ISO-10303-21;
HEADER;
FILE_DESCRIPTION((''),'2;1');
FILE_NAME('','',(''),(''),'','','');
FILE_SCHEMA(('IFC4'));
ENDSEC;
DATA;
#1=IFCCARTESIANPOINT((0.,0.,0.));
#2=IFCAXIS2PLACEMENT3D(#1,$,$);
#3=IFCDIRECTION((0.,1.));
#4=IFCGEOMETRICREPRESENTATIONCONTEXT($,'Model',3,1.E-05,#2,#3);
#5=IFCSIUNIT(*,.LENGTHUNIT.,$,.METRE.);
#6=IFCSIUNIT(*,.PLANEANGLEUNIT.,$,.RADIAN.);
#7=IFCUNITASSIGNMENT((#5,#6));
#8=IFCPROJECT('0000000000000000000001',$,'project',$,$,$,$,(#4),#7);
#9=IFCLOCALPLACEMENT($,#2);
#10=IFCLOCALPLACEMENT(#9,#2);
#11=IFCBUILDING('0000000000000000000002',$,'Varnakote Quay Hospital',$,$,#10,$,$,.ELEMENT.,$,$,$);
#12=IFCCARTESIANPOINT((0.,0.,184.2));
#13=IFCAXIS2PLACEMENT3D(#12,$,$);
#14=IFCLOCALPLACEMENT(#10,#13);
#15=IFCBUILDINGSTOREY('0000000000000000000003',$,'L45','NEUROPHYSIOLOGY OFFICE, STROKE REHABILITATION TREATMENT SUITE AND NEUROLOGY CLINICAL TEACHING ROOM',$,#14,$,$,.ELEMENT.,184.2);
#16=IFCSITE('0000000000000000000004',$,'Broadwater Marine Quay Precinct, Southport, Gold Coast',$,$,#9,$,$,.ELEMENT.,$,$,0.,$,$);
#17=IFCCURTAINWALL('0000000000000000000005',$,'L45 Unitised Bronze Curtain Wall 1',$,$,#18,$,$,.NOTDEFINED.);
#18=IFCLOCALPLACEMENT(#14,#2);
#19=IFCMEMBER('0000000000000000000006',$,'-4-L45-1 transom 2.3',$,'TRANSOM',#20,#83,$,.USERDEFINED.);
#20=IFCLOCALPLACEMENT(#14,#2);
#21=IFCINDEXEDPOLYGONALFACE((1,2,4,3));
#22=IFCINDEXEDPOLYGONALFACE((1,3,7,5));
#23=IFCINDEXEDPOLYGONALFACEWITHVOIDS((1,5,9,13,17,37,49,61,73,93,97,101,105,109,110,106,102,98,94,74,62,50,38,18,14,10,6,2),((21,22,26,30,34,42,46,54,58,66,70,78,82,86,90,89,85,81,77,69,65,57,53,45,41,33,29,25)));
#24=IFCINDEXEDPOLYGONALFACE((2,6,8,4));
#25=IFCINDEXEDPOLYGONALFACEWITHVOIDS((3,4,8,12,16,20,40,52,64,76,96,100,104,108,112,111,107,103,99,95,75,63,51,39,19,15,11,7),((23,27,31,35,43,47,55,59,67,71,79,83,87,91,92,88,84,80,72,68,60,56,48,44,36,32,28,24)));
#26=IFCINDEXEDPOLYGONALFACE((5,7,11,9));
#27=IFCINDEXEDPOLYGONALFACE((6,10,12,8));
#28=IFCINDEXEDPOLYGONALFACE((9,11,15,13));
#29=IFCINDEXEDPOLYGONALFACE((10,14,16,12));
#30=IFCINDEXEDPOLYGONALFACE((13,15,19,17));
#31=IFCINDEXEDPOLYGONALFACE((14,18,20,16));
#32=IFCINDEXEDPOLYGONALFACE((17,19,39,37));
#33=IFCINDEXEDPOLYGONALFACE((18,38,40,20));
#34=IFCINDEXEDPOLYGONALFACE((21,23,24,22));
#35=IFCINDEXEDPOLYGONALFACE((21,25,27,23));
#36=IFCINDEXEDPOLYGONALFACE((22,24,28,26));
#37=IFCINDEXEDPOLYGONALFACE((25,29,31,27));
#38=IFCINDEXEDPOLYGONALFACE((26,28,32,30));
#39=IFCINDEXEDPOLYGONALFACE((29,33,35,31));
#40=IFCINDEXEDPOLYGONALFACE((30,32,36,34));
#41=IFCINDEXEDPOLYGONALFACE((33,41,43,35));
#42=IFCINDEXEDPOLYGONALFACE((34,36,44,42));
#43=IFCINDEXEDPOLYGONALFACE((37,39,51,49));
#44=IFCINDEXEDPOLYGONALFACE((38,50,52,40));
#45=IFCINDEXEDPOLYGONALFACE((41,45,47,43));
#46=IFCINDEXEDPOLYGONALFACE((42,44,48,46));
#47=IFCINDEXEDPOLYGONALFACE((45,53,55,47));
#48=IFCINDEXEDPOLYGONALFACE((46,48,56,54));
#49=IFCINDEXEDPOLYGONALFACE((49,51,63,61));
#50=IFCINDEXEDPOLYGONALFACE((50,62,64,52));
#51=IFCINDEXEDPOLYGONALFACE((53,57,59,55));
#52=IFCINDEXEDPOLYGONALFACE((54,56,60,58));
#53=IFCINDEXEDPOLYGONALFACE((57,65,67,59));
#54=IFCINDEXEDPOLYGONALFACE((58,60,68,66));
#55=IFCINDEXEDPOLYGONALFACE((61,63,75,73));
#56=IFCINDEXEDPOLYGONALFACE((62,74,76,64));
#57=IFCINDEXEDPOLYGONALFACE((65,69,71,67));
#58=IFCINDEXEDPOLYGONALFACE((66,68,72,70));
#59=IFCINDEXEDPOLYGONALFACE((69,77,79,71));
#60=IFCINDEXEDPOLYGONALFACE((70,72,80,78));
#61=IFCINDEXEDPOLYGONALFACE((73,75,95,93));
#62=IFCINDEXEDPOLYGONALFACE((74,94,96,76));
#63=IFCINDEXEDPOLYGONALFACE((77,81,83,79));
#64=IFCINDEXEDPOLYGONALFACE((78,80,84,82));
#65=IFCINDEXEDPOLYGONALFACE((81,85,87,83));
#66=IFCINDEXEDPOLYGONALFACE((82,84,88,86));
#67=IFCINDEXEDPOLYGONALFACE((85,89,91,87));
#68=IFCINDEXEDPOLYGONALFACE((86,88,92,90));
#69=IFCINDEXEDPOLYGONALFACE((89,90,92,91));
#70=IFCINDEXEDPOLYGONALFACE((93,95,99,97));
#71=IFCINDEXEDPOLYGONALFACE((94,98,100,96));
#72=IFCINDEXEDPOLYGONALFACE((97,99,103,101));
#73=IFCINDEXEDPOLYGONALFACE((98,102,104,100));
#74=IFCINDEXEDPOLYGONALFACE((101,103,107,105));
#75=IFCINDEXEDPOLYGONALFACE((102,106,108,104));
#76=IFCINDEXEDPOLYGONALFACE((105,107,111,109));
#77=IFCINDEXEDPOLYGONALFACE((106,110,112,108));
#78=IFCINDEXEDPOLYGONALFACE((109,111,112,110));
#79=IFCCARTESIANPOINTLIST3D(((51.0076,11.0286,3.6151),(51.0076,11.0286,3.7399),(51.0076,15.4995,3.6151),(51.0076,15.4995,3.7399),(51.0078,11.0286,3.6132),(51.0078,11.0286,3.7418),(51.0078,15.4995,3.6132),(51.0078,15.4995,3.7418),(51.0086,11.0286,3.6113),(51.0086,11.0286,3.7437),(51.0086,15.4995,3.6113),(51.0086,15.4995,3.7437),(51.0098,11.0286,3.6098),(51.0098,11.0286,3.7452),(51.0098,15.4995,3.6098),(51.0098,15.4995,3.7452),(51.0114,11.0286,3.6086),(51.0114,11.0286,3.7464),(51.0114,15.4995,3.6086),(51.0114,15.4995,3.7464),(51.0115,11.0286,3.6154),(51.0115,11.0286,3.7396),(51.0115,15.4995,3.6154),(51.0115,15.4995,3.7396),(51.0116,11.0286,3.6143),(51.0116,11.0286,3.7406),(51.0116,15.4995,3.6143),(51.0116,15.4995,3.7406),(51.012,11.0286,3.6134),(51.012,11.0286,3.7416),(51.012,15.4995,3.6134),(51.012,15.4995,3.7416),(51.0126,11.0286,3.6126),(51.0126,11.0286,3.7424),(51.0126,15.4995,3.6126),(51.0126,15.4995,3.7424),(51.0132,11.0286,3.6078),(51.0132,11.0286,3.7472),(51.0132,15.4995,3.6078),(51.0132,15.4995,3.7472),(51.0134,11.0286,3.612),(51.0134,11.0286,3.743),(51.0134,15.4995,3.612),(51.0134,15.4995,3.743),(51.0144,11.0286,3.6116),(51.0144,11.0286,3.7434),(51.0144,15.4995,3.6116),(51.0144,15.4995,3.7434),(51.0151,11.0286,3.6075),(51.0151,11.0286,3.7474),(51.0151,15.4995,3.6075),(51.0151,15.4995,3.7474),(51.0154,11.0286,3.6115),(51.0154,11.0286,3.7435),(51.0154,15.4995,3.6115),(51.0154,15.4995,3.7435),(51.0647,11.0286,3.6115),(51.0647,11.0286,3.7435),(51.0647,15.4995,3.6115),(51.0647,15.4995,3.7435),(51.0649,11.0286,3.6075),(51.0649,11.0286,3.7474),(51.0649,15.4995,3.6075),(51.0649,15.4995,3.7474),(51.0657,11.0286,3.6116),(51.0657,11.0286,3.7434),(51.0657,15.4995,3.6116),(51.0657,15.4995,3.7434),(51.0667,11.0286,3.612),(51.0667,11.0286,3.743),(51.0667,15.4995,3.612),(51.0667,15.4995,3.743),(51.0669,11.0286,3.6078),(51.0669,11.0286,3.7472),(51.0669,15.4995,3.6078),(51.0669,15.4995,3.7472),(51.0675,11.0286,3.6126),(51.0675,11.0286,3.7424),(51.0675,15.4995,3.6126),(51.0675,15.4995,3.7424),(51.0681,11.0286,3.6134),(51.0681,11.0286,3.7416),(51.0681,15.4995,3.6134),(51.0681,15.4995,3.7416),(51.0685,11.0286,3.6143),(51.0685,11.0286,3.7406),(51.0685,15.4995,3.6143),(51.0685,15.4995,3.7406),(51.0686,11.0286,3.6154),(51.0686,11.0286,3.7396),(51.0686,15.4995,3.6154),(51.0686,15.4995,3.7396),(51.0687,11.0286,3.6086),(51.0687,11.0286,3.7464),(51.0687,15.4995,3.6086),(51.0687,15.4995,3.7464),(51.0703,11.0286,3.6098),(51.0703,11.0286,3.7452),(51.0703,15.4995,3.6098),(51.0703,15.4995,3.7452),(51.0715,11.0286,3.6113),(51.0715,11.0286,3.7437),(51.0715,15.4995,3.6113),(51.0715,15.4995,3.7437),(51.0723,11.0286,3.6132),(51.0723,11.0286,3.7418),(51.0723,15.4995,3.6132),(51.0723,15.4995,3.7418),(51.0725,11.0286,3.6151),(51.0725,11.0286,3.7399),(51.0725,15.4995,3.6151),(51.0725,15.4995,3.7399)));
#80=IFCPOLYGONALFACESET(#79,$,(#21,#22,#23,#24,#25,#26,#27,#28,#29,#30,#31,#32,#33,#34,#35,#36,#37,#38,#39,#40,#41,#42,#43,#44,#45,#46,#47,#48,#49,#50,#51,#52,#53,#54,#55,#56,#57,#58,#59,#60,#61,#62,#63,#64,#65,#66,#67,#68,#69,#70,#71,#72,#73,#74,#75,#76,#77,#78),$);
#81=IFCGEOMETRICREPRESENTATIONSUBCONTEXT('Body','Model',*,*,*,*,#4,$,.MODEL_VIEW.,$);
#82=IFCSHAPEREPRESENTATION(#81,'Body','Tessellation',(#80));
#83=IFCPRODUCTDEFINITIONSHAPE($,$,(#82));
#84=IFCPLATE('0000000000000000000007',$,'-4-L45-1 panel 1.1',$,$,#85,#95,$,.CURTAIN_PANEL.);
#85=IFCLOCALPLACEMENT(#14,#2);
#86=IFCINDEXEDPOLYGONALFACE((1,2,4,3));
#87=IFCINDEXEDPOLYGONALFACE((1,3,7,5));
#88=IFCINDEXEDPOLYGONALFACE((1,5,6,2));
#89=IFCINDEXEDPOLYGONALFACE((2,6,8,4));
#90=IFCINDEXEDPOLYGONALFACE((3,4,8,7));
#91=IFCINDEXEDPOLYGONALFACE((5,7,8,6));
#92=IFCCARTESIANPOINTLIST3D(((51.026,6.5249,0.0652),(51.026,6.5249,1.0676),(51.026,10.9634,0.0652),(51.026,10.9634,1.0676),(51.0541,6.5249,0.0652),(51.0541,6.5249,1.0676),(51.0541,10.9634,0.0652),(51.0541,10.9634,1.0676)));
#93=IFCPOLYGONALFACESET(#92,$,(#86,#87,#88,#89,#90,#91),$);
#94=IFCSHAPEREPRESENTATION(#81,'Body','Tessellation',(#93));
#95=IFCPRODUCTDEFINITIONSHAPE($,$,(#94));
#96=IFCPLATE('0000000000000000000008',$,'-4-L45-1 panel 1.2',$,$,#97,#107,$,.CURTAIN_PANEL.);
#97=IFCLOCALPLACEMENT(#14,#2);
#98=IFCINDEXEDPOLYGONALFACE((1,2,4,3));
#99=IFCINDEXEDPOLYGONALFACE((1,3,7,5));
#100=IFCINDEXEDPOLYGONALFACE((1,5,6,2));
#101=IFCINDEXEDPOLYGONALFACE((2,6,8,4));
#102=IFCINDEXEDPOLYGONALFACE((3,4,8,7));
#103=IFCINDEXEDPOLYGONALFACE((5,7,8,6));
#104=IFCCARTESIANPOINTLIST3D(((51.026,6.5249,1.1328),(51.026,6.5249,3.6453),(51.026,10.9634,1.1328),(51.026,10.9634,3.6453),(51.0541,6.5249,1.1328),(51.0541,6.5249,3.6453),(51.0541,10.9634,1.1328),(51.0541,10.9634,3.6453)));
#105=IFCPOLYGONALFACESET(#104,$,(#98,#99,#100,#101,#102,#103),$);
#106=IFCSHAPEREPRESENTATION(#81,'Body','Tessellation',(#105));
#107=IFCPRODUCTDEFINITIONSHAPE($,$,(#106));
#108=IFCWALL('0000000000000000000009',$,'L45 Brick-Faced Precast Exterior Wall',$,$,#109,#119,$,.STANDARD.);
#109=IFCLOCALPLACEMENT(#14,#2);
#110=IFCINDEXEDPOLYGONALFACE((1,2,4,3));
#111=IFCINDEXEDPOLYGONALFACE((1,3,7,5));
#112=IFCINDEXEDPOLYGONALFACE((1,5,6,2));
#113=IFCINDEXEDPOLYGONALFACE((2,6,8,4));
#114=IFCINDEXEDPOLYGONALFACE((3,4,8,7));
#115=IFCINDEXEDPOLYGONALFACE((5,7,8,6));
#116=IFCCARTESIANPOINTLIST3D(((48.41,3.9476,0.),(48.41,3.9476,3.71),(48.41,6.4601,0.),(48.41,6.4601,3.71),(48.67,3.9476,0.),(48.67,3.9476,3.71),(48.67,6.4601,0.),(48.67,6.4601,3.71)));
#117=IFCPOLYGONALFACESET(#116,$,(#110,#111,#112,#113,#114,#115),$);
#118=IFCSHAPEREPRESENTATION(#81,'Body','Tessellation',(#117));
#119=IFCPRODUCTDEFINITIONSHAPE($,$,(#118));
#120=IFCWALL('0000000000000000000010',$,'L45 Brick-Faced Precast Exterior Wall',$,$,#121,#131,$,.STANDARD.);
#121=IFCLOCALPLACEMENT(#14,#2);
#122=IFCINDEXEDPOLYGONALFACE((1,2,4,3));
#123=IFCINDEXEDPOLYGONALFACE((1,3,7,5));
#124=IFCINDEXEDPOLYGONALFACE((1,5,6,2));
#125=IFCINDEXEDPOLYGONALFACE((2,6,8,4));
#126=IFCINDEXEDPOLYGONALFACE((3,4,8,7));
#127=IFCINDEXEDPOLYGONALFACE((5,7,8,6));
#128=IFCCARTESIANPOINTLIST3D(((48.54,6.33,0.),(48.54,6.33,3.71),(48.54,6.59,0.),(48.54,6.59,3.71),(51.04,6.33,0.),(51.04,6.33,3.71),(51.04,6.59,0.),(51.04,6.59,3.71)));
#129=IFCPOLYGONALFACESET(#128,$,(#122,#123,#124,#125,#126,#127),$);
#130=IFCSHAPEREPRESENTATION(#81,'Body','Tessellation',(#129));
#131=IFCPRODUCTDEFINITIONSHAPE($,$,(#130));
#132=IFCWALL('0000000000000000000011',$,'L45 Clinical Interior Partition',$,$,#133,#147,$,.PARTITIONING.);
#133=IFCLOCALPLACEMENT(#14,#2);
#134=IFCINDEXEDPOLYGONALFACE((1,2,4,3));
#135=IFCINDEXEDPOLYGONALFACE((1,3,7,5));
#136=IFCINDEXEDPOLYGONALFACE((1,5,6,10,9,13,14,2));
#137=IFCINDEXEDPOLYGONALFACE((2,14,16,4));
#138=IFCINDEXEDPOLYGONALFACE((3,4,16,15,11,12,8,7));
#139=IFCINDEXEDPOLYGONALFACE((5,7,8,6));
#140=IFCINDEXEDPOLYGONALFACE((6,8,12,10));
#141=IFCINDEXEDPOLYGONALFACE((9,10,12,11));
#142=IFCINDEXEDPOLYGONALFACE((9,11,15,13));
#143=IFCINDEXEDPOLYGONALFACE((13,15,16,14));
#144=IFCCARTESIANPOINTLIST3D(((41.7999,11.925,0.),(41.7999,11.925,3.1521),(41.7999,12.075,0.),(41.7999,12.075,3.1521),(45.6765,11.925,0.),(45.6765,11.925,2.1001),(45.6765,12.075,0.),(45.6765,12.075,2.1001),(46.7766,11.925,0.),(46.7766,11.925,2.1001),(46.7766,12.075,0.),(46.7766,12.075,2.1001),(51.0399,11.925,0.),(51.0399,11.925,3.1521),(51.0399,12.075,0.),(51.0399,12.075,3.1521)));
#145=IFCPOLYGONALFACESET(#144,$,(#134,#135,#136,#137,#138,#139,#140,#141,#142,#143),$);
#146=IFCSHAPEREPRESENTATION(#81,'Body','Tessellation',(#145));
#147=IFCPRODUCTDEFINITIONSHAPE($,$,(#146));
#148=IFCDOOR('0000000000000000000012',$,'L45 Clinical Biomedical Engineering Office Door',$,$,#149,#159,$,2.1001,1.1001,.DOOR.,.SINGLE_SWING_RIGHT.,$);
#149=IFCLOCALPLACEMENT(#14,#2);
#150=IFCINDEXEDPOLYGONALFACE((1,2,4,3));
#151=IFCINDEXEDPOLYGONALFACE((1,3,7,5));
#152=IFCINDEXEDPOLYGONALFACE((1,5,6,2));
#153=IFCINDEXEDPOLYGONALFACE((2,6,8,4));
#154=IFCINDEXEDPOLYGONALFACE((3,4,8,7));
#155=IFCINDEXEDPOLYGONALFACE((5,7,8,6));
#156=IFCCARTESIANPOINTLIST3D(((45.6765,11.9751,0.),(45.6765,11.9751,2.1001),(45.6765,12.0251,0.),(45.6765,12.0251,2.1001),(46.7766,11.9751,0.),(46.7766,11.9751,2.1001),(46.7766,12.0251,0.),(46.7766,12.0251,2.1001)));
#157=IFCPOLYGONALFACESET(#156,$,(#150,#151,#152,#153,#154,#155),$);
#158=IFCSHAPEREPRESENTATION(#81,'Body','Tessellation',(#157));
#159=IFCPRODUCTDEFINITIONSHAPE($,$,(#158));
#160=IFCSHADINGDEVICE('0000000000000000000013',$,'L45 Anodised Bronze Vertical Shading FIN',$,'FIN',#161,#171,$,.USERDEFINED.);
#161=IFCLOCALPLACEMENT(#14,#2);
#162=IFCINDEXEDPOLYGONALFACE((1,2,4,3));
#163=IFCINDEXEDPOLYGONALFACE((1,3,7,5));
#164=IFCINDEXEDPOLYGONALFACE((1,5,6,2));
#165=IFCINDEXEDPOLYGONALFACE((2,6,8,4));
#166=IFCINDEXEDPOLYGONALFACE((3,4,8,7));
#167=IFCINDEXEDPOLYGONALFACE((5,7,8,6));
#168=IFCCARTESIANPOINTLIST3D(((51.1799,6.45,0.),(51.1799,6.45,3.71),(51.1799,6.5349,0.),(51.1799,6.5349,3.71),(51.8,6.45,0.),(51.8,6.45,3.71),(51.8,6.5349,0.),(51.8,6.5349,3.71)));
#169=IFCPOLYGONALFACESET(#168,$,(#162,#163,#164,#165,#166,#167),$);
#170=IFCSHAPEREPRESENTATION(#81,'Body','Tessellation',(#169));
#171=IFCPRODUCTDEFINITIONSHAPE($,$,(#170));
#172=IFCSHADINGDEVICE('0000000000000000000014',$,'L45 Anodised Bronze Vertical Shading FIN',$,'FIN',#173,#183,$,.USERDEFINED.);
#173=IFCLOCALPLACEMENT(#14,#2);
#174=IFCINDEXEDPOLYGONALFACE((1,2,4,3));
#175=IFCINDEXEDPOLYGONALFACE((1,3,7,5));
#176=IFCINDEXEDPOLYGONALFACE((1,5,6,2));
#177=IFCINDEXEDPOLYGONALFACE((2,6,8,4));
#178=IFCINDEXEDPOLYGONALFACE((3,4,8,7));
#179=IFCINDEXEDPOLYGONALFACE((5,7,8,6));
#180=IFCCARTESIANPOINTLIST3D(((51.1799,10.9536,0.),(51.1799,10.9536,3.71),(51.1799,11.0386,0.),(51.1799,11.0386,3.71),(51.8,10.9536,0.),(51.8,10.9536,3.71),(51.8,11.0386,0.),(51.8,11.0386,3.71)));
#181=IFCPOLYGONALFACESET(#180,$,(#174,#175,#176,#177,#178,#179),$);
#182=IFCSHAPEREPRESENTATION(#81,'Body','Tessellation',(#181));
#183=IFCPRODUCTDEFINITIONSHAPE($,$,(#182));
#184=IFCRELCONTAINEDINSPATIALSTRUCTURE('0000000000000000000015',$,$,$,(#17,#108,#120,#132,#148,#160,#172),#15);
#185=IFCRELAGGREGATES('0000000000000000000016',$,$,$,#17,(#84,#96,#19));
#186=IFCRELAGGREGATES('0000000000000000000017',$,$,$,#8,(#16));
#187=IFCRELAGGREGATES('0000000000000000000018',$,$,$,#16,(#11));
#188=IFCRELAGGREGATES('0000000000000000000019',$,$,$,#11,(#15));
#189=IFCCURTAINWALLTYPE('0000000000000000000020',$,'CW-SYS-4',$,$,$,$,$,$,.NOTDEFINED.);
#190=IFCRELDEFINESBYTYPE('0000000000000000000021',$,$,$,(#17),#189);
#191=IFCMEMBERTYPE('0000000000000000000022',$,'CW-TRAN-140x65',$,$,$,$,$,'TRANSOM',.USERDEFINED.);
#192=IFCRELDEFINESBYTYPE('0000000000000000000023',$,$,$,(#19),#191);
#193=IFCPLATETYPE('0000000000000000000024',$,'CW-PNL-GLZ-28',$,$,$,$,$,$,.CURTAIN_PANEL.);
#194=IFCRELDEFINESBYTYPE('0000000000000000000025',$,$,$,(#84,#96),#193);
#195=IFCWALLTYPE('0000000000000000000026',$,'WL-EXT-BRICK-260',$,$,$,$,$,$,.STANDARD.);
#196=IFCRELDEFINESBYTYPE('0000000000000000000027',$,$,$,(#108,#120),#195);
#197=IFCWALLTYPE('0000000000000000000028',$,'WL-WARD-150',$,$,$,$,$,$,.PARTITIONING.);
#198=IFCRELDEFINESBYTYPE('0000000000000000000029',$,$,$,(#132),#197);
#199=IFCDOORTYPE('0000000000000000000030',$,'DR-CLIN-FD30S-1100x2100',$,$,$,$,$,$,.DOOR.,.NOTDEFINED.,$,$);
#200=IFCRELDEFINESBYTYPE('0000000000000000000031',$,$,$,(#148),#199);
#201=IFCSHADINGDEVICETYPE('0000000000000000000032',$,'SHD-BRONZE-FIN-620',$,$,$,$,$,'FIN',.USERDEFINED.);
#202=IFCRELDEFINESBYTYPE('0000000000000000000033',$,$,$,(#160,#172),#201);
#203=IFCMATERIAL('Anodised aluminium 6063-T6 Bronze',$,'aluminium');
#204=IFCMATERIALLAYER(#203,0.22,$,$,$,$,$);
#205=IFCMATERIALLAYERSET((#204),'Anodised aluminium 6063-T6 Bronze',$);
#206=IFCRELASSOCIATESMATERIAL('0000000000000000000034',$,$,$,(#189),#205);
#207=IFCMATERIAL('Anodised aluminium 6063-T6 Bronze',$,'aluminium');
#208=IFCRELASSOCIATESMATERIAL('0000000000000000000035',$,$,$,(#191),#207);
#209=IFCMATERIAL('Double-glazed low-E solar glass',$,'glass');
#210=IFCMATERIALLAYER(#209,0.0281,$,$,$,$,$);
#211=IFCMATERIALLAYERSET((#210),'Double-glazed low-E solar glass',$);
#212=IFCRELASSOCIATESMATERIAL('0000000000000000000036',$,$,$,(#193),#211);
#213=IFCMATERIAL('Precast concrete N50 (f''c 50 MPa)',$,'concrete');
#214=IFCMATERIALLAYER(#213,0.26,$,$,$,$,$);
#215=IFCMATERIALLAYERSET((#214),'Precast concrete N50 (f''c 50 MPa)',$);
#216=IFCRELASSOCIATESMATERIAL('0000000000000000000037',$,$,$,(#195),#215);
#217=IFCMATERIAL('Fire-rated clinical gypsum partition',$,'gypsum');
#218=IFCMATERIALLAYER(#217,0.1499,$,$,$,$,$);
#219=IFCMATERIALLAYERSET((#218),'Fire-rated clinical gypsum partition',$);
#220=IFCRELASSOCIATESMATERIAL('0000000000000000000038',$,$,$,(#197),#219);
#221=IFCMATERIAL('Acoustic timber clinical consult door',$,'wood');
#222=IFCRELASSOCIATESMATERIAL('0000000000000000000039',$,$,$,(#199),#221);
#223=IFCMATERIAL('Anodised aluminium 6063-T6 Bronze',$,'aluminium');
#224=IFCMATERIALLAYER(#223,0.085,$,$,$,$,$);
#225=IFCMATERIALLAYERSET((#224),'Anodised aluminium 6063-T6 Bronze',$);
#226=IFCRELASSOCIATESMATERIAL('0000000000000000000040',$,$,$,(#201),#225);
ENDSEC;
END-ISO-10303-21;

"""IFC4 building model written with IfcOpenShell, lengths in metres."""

from ifc_helpers import new_model, si_unit, direction, frame, frame_2d, origin, origin_2d, place, context, subcontext, project, spatial, rectangle, hollow_rectangle, extrude, material, layer, layer_set, material_profile, profile_set, type_object, element, fill, aggregate, save


model = new_model("IFC4")

# Units and contexts
model_context = context("Model", 3, precision=1e-05, world=origin(), true_north=direction((0.0, 1.0)))
body_context = subcontext(model_context, "Body", "Model", "MODEL_VIEW")
ifc_project = project(units=[si_unit("LENGTHUNIT", "METRE"), si_unit("PLANEANGLEUNIT", "RADIAN")], contexts=[model_context])

# Site, building, storey
site_placement = place(None, origin())
site = spatial("IfcSite", under=ifc_project, at=site_placement, Name="Broadwater Marine Quay Precinct, Southport, Gold Coast", CompositionType="ELEMENT", RefElevation=0.0)
building_placement = place(site_placement, origin())
building = spatial("IfcBuilding", under=site, at=building_placement, Name="Varnakote Quay Hospital", CompositionType="ELEMENT")
storey_placement = place(building_placement, frame((0.0, 0.0, 184.2)))
storey = spatial("IfcBuildingStorey", under=building, at=storey_placement, Name="L45", Description="NEUROPHYSIOLOGY OFFICE, STROKE REHABILITATION TREATMENT SUITE AND NEUROLOGY CLINICAL TEACHING ROOM", CompositionType="ELEMENT", Elevation=184.2)

# Curtain wall, member, plates
ifc_material_1 = material(Name="Anodised aluminium 6063-T6 Bronze", Category="aluminium")
ifc_layer_1 = layer(ifc_material_1, 0.22)
ifc_layer_set_1 = layer_set([ifc_layer_1], Name="Anodised aluminium 6063-T6 Bronze")
curtain_wall_type = type_object("IfcCurtainWallType", Name="CW-SYS-4", PredefinedType="NOTDEFINED", material=ifc_layer_set_1)
curtain_wall_placement = place(storey_placement, origin())
curtain_wall = element("IfcCurtainWall", 1, at=curtain_wall_placement, inside=storey, type_object=curtain_wall_type, Name="L45 Unitised Bronze Curtain Wall 1", PredefinedType="NOTDEFINED")
ifc_material_2 = material(Name="Anodised aluminium 6063-T6 Bronze", Category="aluminium")
ifc_material_profile_1 = material_profile(ifc_material_2, hollow_rectangle(XDim=0.0649, YDim=0.1399, WallThickness=0.0039, InnerFilletRadius=0.0039, OuterFilletRadius=0.0076, at=origin_2d()), Name="CW-TRAN-140x65")
ifc_profile_set_1 = profile_set([ifc_material_profile_1], Name="Anodised aluminium 6063-T6 Bronze")
member_type_1 = type_object("IfcMemberType", Name="CW-TRAN-140x65", ElementType="TRANSOM", PredefinedType="USERDEFINED", material=ifc_profile_set_1)
member_1_placement = place(storey_placement, frame((51.04, 11.0286, 3.6775), z_axis=(0.0, 1.0, 0.0), x_axis=(-1.0, 0.0, 0.0)))
member_1 = element("IfcMember", 2, at=member_1_placement, type_object=member_type_1, Name="-4-L45-1 transom 2.3", ObjectType="TRANSOM", PredefinedType="USERDEFINED", context=body_context, shape_type="SweptSolid", body=[
    extrude(hollow_rectangle(XDim=0.0649, YDim=0.1399, WallThickness=0.0039, InnerFilletRadius=0.0039, OuterFilletRadius=0.0076, at=origin_2d()), origin(), (0.0, 0.0, 1.0), 4.4709),
])
ifc_material_3 = material(Name="Double-glazed low-E solar glass", Category="glass")
ifc_layer_2 = layer(ifc_material_3, 0.0281)
ifc_layer_set_2 = layer_set([ifc_layer_2], Name="Double-glazed low-E solar glass")
plate_type = type_object("IfcPlateType", Name="CW-PNL-GLZ-28", PredefinedType="CURTAIN_PANEL", material=ifc_layer_set_2)
plate_1_placement = place(storey_placement, frame((51.04, 8.7441, 0.0652), z_axis=(0.0, 0.0, 1.0), x_axis=(0.0, 1.0, 0.0)))
plate_1 = element("IfcPlate", 3, at=plate_1_placement, type_object=plate_type, Name="-4-L45-1 panel 1.1", PredefinedType="CURTAIN_PANEL", context=body_context, shape_type="SweptSolid", body=[
    extrude(rectangle(XDim=4.4385, YDim=0.0281, at=origin_2d()), origin(), (0.0, 0.0, 1.0), 1.0024),
])
plate_2_placement = place(storey_placement, frame((51.04, 8.7441, 1.1328), z_axis=(0.0, 0.0, 1.0), x_axis=(0.0, 1.0, 0.0)))
plate_2 = element("IfcPlate", 4, at=plate_2_placement, type_object=plate_type, Name="-4-L45-1 panel 1.2", PredefinedType="CURTAIN_PANEL", context=body_context, shape_type="SweptSolid", body=[
    extrude(rectangle(XDim=4.4385, YDim=0.0281, at=origin_2d()), origin(), (0.0, 0.0, 1.0), 2.5125),
])
aggregate(curtain_wall, [plate_1, plate_2, member_1])

# Walls
ifc_material_4 = material(Name="Precast concrete N50 (f'c 50 MPa)", Category="concrete")
ifc_layer_3 = layer(ifc_material_4, 0.26)
ifc_layer_set_3 = layer_set([ifc_layer_3], Name="Precast concrete N50 (f'c 50 MPa)")
wall_type_1 = type_object("IfcWallType", Name="WL-EXT-BRICK-260", PredefinedType="STANDARD", material=ifc_layer_set_3)
wall_1_placement = place(storey_placement, frame((48.54, 3.9475, 0.0), z_axis=(0.0, 0.0, 1.0), x_axis=(0.0, 1.0, 0.0)))
element("IfcWall", 5, at=wall_1_placement, inside=storey, type_object=wall_type_1, Name="L45 Brick-Faced Precast Exterior Wall", PredefinedType="STANDARD", context=body_context, shape_type="SweptSolid", body=[
    extrude(rectangle(XDim=2.5125, YDim=0.26, at=frame_2d((1.2563, 0.0))), origin(), (0.0, 0.0, 1.0), 3.71),
])
wall_2_placement = place(storey_placement, frame((48.54, 6.46, 0.0), z_axis=(0.0, 0.0, 1.0), x_axis=(1.0, 0.0, 0.0)))
element("IfcWall", 6, at=wall_2_placement, inside=storey, type_object=wall_type_1, Name="L45 Brick-Faced Precast Exterior Wall", PredefinedType="STANDARD", context=body_context, shape_type="SweptSolid", body=[
    extrude(rectangle(XDim=2.5, YDim=0.26, at=frame_2d((1.25, 0.0))), origin(), (0.0, 0.0, 1.0), 3.71),
])

# Wall, opening, door
ifc_material_5 = material(Name="Fire-rated clinical gypsum partition", Category="gypsum")
ifc_layer_4 = layer(ifc_material_5, 0.1499)
ifc_layer_set_4 = layer_set([ifc_layer_4], Name="Fire-rated clinical gypsum partition")
wall_type_2 = type_object("IfcWallType", Name="WL-WARD-150", PredefinedType="PARTITIONING", material=ifc_layer_set_4)
wall_3_placement = place(storey_placement, frame((51.04, 12.0, 0.0), z_axis=(0.0, 0.0, 1.0), x_axis=(-1.0, 0.0, 0.0)))
wall_3 = element("IfcWall", 7, at=wall_3_placement, inside=storey, type_object=wall_type_2, Name="L45 Clinical Interior Partition", PredefinedType="PARTITIONING", context=body_context, shape_type="SweptSolid", body=[
    extrude(rectangle(XDim=9.24, YDim=0.1499, at=frame_2d((4.6201, 0.0))), origin(), (0.0, 0.0, 1.0), 3.1521),
])
opening_placement = place(wall_3_placement, frame((4.2634, 0.0, 0.0)))
opening = element("IfcOpeningElement", 8, at=opening_placement, cuts=wall_3, PredefinedType="OPENING", context=body_context, shape_type="SweptSolid", body=[
    extrude(rectangle(XDim=1.1001, YDim=2.1001, at=frame_2d((0.55, 1.05))), frame((0.0, 0.085, 0.0), z_axis=(0.0, -1.0, 0.0), x_axis=(1.0, 0.0, 0.0)), (0.0, 0.0, 1.0), 0.1699),
])
ifc_material_6 = material(Name="Acoustic timber clinical consult door", Category="wood")
door_type = type_object("IfcDoorType", Name="DR-CLIN-FD30S-1100x2100", OperationType="NOTDEFINED", PredefinedType="DOOR", material=ifc_material_6)
door_placement = place(opening_placement, origin())
door = element("IfcDoor", 9, at=door_placement, inside=storey, type_object=door_type, Name="L45 Clinical Biomedical Engineering Office Door", OperationType="SINGLE_SWING_RIGHT", OverallHeight=2.1001, OverallWidth=1.1001, PredefinedType="DOOR", context=body_context, shape_type="SweptSolid", body=[
    extrude(rectangle(XDim=1.1001, YDim=2.1001, at=frame_2d((0.55, 1.05))), frame((0.0, 0.0249, 0.0), z_axis=(0.0, -1.0, 0.0), x_axis=(1.0, 0.0, 0.0)), (0.0, 0.0, 1.0), 0.05),
])
fill(opening, door)

# Shading devices
ifc_material_7 = material(Name="Anodised aluminium 6063-T6 Bronze", Category="aluminium")
ifc_layer_5 = layer(ifc_material_7, 0.085)
ifc_layer_set_5 = layer_set([ifc_layer_5], Name="Anodised aluminium 6063-T6 Bronze")
shading_device_type = type_object("IfcShadingDeviceType", Name="SHD-BRONZE-FIN-620", ElementType="FIN", PredefinedType="USERDEFINED", material=ifc_layer_set_5)
for number, where, z_axis, x_axis, name in (
    (10, (51.49, 6.4924, 0.0), (0.0, 0.0, 1.0), (-1.0, 0.0, 0.0), "L45 Anodised Bronze Vertical Shading FIN"),
    (11, (51.49, 10.9961, 0.0), (0.0, 0.0, 1.0), (-1.0, 0.0, 0.0), "L45 Anodised Bronze Vertical Shading FIN"),
):
    element("IfcShadingDevice", number, at=place(storey_placement, frame(where, z_axis=z_axis, x_axis=x_axis)), inside=storey, type_object=shading_device_type, Name=name, ObjectType="FIN", PredefinedType="USERDEFINED", context=body_context, shape_type="SweptSolid", body=[
        extrude(rectangle(XDim=0.6201, YDim=0.085, at=origin_2d()), origin(), (0.0, 0.0, 1.0), 3.71),
    ])

save(model, "model.ifc")
